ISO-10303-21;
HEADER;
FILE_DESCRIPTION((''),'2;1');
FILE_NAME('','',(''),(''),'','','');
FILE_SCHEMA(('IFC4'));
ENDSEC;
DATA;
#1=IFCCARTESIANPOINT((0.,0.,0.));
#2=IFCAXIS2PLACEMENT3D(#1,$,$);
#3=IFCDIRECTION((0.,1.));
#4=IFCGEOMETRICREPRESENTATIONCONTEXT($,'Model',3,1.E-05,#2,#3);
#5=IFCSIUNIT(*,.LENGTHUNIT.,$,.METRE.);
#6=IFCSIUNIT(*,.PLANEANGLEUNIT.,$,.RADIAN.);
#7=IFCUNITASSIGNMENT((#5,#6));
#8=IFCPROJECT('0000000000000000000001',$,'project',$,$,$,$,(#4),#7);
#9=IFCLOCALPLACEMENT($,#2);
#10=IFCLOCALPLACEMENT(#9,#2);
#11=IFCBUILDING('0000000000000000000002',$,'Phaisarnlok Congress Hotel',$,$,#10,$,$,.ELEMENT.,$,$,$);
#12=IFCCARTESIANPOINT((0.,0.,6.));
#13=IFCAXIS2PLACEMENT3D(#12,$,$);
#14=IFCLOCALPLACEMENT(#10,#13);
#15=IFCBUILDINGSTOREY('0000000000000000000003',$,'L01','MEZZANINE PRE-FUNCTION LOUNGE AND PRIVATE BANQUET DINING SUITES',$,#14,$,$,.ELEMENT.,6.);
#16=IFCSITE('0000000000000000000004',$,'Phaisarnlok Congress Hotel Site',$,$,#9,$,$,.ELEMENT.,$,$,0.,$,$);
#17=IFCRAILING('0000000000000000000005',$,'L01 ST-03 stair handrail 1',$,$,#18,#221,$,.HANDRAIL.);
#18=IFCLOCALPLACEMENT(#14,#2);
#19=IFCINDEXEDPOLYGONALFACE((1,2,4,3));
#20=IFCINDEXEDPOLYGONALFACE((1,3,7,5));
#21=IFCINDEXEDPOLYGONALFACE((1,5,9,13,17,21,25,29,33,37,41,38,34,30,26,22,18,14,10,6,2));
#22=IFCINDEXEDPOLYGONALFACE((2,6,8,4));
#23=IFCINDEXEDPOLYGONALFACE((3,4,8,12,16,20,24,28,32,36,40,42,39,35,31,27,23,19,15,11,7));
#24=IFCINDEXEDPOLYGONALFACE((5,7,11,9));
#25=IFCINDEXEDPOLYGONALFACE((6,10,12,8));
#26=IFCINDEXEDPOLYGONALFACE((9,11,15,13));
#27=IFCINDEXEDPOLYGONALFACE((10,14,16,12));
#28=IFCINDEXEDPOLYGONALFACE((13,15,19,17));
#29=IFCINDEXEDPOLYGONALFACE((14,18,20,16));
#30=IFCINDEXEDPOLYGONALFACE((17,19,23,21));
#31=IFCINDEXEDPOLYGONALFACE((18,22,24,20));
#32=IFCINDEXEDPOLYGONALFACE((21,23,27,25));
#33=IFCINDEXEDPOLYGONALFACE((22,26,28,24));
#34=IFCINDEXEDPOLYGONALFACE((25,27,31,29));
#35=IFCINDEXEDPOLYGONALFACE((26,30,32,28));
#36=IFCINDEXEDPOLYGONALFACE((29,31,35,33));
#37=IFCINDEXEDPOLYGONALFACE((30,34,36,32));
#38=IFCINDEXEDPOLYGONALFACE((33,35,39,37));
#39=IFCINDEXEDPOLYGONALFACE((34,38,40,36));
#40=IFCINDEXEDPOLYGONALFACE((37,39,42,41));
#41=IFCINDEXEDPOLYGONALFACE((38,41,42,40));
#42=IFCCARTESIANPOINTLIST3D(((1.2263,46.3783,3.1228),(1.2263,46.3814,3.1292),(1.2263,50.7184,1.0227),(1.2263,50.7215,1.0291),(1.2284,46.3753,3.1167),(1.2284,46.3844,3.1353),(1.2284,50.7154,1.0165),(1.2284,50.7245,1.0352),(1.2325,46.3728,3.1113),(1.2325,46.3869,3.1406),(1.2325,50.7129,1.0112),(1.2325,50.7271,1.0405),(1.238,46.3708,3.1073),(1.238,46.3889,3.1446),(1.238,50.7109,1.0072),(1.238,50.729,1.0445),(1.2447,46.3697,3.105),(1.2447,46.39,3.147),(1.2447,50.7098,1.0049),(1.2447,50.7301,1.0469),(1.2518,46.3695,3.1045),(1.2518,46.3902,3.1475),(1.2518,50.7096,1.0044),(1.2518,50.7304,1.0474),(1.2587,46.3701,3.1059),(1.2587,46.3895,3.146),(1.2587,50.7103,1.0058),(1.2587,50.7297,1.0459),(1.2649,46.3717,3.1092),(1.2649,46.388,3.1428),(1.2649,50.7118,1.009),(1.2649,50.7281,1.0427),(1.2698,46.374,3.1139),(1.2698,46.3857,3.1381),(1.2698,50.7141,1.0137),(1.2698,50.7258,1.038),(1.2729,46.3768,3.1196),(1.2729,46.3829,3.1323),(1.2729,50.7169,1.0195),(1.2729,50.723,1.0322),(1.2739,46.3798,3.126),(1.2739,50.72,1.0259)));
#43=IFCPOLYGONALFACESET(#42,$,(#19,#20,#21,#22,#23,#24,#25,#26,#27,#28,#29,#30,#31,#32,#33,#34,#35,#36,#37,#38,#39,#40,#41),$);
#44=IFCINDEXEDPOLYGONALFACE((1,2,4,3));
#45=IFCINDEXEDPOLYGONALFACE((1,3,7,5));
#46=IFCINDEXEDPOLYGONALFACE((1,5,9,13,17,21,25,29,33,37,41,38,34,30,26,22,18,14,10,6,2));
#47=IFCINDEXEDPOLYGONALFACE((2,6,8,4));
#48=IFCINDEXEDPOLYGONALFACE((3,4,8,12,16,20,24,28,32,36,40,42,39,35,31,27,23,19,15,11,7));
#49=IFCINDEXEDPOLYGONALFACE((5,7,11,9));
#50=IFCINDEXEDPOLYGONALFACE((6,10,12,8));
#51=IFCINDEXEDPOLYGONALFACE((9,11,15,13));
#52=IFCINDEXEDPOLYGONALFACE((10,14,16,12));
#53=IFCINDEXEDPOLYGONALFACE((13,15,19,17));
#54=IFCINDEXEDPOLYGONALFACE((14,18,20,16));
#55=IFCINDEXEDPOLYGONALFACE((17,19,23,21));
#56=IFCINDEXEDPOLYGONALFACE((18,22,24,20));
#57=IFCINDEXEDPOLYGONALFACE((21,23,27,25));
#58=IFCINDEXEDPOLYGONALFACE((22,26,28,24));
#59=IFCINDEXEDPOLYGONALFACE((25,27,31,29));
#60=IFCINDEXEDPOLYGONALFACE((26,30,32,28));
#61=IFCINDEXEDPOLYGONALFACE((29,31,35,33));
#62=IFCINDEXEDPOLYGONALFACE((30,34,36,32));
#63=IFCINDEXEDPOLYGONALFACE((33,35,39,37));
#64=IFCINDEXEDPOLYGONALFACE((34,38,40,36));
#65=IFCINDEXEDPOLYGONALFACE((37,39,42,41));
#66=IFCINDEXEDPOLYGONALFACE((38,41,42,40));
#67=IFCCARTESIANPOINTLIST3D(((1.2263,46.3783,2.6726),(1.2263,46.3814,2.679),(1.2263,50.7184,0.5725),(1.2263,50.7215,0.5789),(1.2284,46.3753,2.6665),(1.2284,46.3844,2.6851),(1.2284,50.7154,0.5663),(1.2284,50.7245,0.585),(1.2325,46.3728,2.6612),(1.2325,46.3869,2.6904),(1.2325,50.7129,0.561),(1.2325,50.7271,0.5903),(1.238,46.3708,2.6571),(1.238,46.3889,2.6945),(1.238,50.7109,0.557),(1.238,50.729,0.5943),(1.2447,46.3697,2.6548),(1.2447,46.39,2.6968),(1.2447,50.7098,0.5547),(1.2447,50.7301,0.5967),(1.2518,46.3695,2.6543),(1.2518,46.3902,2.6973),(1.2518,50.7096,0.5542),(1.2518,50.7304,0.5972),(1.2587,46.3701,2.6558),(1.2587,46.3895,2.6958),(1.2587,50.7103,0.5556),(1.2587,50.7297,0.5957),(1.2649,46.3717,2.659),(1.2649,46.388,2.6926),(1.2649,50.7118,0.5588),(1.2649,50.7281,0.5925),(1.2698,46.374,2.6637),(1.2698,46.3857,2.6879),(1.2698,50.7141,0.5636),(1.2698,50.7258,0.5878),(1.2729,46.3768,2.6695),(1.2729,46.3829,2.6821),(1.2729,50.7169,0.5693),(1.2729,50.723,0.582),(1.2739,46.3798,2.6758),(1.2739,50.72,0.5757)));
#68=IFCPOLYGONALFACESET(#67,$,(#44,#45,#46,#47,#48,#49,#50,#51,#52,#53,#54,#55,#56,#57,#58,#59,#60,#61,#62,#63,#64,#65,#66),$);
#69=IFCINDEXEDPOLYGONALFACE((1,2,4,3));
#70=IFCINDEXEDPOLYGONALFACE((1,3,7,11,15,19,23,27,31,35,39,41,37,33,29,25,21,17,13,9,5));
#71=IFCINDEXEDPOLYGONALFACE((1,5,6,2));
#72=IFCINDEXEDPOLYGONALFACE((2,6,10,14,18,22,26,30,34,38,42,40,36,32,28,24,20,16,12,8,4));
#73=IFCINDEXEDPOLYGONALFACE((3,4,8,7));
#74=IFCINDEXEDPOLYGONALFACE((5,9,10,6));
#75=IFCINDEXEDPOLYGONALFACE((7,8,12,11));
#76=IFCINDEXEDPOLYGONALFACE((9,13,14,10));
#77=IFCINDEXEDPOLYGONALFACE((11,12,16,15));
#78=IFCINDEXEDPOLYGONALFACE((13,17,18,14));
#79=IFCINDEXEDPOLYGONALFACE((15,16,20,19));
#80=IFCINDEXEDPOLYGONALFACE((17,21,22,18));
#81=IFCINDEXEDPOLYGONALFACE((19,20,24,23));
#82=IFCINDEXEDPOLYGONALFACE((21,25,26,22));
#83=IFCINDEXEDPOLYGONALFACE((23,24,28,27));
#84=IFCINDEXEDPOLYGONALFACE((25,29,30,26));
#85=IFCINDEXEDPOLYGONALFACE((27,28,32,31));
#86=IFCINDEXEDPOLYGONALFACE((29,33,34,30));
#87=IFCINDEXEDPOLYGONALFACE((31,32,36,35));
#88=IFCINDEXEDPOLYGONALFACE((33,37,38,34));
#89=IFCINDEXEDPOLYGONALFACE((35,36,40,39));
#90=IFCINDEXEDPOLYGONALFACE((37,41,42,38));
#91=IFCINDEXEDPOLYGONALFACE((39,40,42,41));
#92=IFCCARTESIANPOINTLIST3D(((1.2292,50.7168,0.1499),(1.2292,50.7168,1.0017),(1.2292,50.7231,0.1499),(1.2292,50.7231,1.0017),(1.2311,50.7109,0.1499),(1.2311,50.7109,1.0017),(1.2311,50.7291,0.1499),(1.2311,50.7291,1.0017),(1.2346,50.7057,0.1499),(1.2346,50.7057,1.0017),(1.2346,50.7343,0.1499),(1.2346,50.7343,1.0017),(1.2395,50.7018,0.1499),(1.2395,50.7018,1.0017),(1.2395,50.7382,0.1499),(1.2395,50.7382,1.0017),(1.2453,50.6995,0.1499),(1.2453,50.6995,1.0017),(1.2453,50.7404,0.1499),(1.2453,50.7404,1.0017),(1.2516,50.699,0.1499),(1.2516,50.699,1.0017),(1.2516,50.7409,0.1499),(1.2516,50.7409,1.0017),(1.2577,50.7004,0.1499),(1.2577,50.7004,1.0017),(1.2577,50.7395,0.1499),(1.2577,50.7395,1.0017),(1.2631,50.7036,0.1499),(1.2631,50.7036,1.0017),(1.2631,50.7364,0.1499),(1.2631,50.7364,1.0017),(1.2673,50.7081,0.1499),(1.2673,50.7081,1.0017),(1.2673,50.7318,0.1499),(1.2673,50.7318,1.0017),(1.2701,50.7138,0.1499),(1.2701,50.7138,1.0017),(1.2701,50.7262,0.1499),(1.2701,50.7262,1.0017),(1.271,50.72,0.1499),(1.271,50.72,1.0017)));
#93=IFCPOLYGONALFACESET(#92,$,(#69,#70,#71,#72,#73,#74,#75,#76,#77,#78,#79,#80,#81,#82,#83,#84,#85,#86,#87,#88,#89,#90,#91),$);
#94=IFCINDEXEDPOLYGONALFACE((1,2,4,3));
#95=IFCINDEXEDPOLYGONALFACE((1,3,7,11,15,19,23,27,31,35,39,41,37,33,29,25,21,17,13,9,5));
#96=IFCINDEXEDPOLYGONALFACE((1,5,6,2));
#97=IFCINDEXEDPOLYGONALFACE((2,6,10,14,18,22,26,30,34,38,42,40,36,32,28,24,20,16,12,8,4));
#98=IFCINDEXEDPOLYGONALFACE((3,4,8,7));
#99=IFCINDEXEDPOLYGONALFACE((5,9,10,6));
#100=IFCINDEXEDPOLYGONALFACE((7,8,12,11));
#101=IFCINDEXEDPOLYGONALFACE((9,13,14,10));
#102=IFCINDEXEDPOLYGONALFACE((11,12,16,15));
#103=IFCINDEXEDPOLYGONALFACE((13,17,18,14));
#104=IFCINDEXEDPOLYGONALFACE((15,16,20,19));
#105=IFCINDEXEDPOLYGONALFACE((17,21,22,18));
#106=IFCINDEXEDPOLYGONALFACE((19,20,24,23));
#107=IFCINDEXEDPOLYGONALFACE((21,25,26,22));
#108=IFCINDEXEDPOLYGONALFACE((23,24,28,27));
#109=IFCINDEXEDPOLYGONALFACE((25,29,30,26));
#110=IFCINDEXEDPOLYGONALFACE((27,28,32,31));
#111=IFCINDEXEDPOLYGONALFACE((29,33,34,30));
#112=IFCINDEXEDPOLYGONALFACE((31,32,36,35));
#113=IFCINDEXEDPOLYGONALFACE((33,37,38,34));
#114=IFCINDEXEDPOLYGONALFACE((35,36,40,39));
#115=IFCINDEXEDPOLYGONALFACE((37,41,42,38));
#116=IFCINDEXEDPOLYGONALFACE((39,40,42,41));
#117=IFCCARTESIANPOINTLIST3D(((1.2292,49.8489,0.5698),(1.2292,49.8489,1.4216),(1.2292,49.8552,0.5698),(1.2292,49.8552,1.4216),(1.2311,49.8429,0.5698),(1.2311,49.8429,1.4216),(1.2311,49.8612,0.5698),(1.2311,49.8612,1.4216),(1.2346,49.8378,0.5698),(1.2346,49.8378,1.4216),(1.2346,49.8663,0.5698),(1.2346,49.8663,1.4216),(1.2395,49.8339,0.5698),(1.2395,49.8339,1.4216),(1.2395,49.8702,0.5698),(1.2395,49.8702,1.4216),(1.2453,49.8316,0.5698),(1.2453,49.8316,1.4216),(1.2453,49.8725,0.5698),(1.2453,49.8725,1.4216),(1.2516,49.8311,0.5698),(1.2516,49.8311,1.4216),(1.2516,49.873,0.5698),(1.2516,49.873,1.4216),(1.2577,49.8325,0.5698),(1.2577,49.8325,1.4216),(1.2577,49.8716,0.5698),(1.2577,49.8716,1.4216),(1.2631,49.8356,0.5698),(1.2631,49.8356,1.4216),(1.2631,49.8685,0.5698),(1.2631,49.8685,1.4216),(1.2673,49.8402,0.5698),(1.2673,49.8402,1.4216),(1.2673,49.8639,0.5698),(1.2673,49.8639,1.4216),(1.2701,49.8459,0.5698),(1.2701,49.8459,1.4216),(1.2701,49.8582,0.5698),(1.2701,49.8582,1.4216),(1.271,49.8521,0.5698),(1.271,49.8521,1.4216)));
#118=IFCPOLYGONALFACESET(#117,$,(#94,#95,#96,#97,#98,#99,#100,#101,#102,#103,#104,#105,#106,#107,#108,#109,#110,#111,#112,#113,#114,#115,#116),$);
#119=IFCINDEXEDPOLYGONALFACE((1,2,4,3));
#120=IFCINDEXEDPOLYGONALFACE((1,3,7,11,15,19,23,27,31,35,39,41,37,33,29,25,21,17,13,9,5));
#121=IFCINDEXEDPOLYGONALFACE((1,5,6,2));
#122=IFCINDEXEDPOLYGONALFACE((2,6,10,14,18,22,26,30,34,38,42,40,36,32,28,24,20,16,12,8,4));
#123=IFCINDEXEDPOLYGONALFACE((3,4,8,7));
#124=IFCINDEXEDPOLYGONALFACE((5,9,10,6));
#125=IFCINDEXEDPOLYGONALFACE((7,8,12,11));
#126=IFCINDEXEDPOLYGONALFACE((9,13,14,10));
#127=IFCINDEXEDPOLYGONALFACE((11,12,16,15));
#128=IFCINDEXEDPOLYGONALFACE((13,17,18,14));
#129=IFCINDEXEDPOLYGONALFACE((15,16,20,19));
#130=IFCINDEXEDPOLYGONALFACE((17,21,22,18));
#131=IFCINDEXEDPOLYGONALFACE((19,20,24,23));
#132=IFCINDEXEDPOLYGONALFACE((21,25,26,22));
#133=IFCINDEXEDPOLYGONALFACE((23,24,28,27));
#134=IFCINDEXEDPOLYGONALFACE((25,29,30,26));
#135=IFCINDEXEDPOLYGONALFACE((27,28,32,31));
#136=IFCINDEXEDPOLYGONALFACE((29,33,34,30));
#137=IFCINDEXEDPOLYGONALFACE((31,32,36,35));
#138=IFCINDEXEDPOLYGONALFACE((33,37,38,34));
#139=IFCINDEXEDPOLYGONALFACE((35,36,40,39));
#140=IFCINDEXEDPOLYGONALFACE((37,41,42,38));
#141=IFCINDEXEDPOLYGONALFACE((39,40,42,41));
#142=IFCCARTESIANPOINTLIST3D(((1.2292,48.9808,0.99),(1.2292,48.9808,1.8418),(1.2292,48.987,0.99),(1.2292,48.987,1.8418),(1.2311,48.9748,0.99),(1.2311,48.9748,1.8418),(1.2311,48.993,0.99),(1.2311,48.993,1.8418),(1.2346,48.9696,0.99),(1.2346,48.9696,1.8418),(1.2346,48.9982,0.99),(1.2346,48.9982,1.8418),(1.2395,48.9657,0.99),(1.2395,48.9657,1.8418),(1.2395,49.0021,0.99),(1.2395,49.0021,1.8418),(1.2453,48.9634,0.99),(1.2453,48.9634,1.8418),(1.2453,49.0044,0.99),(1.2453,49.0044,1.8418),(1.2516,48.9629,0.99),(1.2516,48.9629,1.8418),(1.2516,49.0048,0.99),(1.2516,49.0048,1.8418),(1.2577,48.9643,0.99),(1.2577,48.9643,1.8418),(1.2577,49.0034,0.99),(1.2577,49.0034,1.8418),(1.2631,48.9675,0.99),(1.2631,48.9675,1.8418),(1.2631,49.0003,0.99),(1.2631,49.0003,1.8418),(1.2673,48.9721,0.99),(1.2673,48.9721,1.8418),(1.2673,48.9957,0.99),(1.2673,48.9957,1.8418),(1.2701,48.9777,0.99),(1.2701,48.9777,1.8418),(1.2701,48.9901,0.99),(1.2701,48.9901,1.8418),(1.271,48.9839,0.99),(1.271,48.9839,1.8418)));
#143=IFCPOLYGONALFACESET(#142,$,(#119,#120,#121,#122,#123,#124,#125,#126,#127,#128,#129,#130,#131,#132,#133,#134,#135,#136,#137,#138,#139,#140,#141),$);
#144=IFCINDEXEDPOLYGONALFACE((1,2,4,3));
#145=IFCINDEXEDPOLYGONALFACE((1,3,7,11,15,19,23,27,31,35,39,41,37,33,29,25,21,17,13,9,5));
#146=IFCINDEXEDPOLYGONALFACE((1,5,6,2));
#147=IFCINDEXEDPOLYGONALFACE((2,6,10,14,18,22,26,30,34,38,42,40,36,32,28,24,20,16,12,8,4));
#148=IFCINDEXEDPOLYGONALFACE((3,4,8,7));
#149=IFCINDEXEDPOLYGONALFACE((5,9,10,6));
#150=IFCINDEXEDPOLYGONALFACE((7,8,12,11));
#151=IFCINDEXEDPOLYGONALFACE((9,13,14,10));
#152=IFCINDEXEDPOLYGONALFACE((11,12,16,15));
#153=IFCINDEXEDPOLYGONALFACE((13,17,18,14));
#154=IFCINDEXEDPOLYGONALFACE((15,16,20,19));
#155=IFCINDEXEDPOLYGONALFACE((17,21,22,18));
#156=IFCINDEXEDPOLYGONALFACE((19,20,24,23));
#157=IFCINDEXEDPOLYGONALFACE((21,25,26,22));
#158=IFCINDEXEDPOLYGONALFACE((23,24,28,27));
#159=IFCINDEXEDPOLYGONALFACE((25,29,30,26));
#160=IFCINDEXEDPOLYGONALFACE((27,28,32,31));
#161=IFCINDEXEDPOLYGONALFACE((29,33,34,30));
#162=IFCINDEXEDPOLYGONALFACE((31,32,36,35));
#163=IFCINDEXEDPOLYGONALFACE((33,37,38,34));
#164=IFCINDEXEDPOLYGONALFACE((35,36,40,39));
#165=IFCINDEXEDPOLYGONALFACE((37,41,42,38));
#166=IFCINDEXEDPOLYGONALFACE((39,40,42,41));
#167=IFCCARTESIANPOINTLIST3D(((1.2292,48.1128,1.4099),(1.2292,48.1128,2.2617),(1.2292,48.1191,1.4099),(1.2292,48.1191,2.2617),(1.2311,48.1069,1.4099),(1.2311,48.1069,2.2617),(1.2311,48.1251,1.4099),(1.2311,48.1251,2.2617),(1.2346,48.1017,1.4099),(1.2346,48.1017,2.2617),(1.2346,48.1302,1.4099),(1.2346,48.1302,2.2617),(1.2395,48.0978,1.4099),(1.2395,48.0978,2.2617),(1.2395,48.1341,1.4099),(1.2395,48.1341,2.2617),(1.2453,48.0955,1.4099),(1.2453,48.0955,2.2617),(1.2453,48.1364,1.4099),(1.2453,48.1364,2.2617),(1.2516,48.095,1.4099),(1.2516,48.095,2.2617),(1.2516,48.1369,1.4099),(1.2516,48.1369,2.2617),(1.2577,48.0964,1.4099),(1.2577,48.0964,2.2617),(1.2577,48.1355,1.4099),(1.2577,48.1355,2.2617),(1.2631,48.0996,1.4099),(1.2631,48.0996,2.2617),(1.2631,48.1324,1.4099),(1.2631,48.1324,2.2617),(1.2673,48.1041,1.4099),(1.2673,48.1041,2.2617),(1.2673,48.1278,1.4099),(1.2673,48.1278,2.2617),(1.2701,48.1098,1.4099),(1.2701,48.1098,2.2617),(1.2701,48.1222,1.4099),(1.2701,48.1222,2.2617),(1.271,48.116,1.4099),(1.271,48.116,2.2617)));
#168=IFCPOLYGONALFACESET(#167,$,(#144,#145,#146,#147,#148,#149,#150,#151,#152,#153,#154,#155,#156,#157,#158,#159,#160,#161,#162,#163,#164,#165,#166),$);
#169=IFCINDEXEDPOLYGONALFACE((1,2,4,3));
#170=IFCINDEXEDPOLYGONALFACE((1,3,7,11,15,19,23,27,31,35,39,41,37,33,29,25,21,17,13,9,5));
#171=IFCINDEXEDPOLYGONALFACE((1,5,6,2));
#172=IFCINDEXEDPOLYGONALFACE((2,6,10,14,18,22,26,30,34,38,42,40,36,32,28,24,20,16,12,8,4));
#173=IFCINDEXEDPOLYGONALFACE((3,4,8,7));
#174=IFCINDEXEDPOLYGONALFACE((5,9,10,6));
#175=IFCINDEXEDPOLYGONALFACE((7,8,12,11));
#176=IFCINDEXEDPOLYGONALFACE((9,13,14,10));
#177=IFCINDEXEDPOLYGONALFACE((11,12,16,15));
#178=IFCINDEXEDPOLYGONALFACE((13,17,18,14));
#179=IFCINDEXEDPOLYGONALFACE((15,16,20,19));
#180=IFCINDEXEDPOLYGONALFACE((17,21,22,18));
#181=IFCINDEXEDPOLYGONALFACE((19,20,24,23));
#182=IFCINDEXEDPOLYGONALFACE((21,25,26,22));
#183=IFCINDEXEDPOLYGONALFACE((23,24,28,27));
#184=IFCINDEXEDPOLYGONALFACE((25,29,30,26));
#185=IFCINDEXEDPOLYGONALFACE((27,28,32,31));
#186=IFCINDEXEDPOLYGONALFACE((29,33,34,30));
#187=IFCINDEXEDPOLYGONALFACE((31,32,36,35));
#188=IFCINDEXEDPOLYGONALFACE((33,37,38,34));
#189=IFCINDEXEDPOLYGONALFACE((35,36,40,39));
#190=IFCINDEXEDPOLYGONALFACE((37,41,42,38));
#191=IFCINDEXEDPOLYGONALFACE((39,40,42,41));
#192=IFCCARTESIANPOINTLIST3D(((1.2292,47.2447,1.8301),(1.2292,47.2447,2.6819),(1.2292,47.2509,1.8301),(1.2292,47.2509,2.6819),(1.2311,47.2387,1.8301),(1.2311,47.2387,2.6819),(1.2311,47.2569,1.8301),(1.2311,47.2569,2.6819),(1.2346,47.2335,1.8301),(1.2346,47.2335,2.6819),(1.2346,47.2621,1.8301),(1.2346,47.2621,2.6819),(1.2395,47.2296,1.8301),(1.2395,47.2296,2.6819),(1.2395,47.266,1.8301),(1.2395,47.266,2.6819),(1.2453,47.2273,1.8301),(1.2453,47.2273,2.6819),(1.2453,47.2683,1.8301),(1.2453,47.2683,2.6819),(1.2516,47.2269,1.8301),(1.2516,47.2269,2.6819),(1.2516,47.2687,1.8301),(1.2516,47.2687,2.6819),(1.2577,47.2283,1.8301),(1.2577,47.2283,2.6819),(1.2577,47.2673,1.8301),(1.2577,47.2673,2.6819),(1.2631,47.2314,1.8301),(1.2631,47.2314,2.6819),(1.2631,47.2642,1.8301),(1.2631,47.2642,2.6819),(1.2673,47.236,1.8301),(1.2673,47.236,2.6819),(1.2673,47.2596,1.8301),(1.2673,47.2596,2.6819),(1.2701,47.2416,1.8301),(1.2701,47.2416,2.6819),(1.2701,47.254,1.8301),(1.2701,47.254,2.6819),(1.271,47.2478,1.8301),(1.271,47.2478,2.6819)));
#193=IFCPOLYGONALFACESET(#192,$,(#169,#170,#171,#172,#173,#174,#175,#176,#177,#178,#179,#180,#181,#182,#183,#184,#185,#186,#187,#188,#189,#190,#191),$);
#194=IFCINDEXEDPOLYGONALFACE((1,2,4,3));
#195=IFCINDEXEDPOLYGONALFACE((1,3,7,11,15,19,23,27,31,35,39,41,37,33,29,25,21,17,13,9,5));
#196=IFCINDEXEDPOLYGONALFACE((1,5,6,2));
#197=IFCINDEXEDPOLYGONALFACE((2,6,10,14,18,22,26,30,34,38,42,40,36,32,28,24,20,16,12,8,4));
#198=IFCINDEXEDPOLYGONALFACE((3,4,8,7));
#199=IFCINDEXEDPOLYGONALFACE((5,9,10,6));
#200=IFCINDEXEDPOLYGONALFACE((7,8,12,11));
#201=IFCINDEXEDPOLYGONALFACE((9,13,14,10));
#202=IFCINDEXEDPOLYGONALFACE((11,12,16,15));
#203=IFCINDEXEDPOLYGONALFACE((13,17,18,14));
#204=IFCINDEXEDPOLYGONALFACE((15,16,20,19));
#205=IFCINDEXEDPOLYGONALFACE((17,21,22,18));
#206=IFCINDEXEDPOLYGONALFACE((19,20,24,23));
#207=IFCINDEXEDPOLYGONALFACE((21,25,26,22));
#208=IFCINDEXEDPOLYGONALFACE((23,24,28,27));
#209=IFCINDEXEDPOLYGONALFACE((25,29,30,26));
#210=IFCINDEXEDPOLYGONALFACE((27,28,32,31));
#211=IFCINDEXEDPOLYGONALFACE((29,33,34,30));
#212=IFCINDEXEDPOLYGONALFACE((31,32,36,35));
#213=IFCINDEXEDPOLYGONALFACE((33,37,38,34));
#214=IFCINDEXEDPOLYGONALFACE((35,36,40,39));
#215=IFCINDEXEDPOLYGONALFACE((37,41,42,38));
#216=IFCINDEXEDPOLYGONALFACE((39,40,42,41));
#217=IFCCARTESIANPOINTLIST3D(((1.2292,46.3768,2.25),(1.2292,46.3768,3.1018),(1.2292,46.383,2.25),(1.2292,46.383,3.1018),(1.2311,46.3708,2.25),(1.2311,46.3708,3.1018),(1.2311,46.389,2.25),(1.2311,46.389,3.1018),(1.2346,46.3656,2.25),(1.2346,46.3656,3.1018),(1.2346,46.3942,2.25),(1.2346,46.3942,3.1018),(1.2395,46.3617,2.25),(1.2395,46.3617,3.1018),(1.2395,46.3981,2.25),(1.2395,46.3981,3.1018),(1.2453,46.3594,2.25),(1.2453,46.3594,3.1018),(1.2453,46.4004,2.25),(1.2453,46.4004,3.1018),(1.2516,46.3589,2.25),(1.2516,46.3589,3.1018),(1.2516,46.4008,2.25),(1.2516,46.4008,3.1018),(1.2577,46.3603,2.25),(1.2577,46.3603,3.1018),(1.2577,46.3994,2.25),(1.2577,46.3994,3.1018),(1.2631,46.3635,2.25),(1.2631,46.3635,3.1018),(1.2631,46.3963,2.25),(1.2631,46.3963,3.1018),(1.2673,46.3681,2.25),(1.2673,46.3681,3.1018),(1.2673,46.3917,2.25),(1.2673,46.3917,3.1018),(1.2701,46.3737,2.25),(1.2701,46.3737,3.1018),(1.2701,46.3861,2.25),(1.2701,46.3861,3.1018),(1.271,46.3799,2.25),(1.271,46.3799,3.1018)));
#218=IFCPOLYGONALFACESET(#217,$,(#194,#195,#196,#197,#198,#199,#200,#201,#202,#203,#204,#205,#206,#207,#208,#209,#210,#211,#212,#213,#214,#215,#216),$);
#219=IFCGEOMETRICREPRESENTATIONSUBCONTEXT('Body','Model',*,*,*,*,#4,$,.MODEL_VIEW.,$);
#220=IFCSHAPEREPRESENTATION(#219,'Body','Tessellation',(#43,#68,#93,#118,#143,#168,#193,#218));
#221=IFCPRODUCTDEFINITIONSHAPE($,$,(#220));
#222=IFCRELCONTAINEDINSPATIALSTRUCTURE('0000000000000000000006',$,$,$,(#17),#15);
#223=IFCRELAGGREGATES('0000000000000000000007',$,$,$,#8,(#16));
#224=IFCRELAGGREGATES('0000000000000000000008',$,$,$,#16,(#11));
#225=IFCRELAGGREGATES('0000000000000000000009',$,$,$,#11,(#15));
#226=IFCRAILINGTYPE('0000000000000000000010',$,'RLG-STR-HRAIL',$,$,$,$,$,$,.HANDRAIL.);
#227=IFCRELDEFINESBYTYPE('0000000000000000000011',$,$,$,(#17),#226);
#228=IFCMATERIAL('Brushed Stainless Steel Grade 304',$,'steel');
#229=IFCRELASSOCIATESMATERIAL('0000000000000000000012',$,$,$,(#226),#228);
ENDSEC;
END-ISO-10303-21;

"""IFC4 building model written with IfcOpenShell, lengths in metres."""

from ifc_helpers import new_model, si_unit, direction, frame, origin, origin_2d, place, context, subcontext, project, spatial, circle, extrude, material, type_object, element, save


model = new_model("IFC4")

# Units and contexts
model_context = context("Model", 3, precision=1e-05, world=origin(), true_north=direction((0.0, 1.0)))
body_context = subcontext(model_context, "Body", "Model", "MODEL_VIEW")
ifc_project = project(units=[si_unit("LENGTHUNIT", "METRE"), si_unit("PLANEANGLEUNIT", "RADIAN")], contexts=[model_context])

# Site, building, storey
site_placement = place(None, origin())
site = spatial("IfcSite", under=ifc_project, at=site_placement, Name="Phaisarnlok Congress Hotel Site", CompositionType="ELEMENT", RefElevation=0.0)
building_placement = place(site_placement, origin())
building = spatial("IfcBuilding", under=site, at=building_placement, Name="Phaisarnlok Congress Hotel", CompositionType="ELEMENT")
storey_placement = place(building_placement, frame((0.0, 0.0, 6.0)))
storey = spatial("IfcBuildingStorey", under=building, at=storey_placement, Name="L01", Description="MEZZANINE PRE-FUNCTION LOUNGE AND PRIVATE BANQUET DINING SUITES", CompositionType="ELEMENT", Elevation=6.0)

# Railing
ifc_material_1 = material(Name="Brushed Stainless Steel Grade 304", Category="steel")
railing_type_1 = type_object("IfcRailingType", Name="RLG-STR-HRAIL", PredefinedType="HANDRAIL", material=ifc_material_1)
railing_1_placement = place(storey_placement, frame((1.25, 50.72, 0.1499)))
element("IfcRailing", 1, at=railing_1_placement, inside=storey, type_object=railing_type_1, Name="L01 ST-03 stair handrail 1", PredefinedType="HANDRAIL", context=body_context, shape_type="SweptSolid", body=[
    extrude(circle(Radius=0.0239, at=origin_2d()), frame((0.0, 0.0, 0.876), z_axis=(0.0, -0.900155, 0.43557), x_axis=(1.0, 0.0, 0.0)), (0.0, 0.0, 1.0), 4.8215),
    extrude(circle(Radius=0.0239, at=origin_2d()), frame((0.0, 0.0, 0.4258), z_axis=(0.0, -0.900155, 0.43557), x_axis=(1.0, 0.0, 0.0)), (0.0, 0.0, 1.0), 4.8215),
    extrude(circle(Radius=0.021, at=origin_2d()), origin(), (0.0, 0.0, 1.0), 0.8518),
    extrude(circle(Radius=0.021, at=origin_2d()), frame((0.0, -0.8679, 0.4199)), (0.0, 0.0, 1.0), 0.8518),
    extrude(circle(Radius=0.021, at=origin_2d()), frame((0.0, -1.7361, 0.8401)), (0.0, 0.0, 1.0), 0.8518),
    extrude(circle(Radius=0.021, at=origin_2d()), frame((0.0, -2.604, 1.26)), (0.0, 0.0, 1.0), 0.8518),
    extrude(circle(Radius=0.021, at=origin_2d()), frame((0.0, -3.4722, 1.6802)), (0.0, 0.0, 1.0), 0.8518),
    extrude(circle(Radius=0.021, at=origin_2d()), frame((0.0, -4.3401, 2.1001)), (0.0, 0.0, 1.0), 0.8518),
])

save(model, "model.ifc")
